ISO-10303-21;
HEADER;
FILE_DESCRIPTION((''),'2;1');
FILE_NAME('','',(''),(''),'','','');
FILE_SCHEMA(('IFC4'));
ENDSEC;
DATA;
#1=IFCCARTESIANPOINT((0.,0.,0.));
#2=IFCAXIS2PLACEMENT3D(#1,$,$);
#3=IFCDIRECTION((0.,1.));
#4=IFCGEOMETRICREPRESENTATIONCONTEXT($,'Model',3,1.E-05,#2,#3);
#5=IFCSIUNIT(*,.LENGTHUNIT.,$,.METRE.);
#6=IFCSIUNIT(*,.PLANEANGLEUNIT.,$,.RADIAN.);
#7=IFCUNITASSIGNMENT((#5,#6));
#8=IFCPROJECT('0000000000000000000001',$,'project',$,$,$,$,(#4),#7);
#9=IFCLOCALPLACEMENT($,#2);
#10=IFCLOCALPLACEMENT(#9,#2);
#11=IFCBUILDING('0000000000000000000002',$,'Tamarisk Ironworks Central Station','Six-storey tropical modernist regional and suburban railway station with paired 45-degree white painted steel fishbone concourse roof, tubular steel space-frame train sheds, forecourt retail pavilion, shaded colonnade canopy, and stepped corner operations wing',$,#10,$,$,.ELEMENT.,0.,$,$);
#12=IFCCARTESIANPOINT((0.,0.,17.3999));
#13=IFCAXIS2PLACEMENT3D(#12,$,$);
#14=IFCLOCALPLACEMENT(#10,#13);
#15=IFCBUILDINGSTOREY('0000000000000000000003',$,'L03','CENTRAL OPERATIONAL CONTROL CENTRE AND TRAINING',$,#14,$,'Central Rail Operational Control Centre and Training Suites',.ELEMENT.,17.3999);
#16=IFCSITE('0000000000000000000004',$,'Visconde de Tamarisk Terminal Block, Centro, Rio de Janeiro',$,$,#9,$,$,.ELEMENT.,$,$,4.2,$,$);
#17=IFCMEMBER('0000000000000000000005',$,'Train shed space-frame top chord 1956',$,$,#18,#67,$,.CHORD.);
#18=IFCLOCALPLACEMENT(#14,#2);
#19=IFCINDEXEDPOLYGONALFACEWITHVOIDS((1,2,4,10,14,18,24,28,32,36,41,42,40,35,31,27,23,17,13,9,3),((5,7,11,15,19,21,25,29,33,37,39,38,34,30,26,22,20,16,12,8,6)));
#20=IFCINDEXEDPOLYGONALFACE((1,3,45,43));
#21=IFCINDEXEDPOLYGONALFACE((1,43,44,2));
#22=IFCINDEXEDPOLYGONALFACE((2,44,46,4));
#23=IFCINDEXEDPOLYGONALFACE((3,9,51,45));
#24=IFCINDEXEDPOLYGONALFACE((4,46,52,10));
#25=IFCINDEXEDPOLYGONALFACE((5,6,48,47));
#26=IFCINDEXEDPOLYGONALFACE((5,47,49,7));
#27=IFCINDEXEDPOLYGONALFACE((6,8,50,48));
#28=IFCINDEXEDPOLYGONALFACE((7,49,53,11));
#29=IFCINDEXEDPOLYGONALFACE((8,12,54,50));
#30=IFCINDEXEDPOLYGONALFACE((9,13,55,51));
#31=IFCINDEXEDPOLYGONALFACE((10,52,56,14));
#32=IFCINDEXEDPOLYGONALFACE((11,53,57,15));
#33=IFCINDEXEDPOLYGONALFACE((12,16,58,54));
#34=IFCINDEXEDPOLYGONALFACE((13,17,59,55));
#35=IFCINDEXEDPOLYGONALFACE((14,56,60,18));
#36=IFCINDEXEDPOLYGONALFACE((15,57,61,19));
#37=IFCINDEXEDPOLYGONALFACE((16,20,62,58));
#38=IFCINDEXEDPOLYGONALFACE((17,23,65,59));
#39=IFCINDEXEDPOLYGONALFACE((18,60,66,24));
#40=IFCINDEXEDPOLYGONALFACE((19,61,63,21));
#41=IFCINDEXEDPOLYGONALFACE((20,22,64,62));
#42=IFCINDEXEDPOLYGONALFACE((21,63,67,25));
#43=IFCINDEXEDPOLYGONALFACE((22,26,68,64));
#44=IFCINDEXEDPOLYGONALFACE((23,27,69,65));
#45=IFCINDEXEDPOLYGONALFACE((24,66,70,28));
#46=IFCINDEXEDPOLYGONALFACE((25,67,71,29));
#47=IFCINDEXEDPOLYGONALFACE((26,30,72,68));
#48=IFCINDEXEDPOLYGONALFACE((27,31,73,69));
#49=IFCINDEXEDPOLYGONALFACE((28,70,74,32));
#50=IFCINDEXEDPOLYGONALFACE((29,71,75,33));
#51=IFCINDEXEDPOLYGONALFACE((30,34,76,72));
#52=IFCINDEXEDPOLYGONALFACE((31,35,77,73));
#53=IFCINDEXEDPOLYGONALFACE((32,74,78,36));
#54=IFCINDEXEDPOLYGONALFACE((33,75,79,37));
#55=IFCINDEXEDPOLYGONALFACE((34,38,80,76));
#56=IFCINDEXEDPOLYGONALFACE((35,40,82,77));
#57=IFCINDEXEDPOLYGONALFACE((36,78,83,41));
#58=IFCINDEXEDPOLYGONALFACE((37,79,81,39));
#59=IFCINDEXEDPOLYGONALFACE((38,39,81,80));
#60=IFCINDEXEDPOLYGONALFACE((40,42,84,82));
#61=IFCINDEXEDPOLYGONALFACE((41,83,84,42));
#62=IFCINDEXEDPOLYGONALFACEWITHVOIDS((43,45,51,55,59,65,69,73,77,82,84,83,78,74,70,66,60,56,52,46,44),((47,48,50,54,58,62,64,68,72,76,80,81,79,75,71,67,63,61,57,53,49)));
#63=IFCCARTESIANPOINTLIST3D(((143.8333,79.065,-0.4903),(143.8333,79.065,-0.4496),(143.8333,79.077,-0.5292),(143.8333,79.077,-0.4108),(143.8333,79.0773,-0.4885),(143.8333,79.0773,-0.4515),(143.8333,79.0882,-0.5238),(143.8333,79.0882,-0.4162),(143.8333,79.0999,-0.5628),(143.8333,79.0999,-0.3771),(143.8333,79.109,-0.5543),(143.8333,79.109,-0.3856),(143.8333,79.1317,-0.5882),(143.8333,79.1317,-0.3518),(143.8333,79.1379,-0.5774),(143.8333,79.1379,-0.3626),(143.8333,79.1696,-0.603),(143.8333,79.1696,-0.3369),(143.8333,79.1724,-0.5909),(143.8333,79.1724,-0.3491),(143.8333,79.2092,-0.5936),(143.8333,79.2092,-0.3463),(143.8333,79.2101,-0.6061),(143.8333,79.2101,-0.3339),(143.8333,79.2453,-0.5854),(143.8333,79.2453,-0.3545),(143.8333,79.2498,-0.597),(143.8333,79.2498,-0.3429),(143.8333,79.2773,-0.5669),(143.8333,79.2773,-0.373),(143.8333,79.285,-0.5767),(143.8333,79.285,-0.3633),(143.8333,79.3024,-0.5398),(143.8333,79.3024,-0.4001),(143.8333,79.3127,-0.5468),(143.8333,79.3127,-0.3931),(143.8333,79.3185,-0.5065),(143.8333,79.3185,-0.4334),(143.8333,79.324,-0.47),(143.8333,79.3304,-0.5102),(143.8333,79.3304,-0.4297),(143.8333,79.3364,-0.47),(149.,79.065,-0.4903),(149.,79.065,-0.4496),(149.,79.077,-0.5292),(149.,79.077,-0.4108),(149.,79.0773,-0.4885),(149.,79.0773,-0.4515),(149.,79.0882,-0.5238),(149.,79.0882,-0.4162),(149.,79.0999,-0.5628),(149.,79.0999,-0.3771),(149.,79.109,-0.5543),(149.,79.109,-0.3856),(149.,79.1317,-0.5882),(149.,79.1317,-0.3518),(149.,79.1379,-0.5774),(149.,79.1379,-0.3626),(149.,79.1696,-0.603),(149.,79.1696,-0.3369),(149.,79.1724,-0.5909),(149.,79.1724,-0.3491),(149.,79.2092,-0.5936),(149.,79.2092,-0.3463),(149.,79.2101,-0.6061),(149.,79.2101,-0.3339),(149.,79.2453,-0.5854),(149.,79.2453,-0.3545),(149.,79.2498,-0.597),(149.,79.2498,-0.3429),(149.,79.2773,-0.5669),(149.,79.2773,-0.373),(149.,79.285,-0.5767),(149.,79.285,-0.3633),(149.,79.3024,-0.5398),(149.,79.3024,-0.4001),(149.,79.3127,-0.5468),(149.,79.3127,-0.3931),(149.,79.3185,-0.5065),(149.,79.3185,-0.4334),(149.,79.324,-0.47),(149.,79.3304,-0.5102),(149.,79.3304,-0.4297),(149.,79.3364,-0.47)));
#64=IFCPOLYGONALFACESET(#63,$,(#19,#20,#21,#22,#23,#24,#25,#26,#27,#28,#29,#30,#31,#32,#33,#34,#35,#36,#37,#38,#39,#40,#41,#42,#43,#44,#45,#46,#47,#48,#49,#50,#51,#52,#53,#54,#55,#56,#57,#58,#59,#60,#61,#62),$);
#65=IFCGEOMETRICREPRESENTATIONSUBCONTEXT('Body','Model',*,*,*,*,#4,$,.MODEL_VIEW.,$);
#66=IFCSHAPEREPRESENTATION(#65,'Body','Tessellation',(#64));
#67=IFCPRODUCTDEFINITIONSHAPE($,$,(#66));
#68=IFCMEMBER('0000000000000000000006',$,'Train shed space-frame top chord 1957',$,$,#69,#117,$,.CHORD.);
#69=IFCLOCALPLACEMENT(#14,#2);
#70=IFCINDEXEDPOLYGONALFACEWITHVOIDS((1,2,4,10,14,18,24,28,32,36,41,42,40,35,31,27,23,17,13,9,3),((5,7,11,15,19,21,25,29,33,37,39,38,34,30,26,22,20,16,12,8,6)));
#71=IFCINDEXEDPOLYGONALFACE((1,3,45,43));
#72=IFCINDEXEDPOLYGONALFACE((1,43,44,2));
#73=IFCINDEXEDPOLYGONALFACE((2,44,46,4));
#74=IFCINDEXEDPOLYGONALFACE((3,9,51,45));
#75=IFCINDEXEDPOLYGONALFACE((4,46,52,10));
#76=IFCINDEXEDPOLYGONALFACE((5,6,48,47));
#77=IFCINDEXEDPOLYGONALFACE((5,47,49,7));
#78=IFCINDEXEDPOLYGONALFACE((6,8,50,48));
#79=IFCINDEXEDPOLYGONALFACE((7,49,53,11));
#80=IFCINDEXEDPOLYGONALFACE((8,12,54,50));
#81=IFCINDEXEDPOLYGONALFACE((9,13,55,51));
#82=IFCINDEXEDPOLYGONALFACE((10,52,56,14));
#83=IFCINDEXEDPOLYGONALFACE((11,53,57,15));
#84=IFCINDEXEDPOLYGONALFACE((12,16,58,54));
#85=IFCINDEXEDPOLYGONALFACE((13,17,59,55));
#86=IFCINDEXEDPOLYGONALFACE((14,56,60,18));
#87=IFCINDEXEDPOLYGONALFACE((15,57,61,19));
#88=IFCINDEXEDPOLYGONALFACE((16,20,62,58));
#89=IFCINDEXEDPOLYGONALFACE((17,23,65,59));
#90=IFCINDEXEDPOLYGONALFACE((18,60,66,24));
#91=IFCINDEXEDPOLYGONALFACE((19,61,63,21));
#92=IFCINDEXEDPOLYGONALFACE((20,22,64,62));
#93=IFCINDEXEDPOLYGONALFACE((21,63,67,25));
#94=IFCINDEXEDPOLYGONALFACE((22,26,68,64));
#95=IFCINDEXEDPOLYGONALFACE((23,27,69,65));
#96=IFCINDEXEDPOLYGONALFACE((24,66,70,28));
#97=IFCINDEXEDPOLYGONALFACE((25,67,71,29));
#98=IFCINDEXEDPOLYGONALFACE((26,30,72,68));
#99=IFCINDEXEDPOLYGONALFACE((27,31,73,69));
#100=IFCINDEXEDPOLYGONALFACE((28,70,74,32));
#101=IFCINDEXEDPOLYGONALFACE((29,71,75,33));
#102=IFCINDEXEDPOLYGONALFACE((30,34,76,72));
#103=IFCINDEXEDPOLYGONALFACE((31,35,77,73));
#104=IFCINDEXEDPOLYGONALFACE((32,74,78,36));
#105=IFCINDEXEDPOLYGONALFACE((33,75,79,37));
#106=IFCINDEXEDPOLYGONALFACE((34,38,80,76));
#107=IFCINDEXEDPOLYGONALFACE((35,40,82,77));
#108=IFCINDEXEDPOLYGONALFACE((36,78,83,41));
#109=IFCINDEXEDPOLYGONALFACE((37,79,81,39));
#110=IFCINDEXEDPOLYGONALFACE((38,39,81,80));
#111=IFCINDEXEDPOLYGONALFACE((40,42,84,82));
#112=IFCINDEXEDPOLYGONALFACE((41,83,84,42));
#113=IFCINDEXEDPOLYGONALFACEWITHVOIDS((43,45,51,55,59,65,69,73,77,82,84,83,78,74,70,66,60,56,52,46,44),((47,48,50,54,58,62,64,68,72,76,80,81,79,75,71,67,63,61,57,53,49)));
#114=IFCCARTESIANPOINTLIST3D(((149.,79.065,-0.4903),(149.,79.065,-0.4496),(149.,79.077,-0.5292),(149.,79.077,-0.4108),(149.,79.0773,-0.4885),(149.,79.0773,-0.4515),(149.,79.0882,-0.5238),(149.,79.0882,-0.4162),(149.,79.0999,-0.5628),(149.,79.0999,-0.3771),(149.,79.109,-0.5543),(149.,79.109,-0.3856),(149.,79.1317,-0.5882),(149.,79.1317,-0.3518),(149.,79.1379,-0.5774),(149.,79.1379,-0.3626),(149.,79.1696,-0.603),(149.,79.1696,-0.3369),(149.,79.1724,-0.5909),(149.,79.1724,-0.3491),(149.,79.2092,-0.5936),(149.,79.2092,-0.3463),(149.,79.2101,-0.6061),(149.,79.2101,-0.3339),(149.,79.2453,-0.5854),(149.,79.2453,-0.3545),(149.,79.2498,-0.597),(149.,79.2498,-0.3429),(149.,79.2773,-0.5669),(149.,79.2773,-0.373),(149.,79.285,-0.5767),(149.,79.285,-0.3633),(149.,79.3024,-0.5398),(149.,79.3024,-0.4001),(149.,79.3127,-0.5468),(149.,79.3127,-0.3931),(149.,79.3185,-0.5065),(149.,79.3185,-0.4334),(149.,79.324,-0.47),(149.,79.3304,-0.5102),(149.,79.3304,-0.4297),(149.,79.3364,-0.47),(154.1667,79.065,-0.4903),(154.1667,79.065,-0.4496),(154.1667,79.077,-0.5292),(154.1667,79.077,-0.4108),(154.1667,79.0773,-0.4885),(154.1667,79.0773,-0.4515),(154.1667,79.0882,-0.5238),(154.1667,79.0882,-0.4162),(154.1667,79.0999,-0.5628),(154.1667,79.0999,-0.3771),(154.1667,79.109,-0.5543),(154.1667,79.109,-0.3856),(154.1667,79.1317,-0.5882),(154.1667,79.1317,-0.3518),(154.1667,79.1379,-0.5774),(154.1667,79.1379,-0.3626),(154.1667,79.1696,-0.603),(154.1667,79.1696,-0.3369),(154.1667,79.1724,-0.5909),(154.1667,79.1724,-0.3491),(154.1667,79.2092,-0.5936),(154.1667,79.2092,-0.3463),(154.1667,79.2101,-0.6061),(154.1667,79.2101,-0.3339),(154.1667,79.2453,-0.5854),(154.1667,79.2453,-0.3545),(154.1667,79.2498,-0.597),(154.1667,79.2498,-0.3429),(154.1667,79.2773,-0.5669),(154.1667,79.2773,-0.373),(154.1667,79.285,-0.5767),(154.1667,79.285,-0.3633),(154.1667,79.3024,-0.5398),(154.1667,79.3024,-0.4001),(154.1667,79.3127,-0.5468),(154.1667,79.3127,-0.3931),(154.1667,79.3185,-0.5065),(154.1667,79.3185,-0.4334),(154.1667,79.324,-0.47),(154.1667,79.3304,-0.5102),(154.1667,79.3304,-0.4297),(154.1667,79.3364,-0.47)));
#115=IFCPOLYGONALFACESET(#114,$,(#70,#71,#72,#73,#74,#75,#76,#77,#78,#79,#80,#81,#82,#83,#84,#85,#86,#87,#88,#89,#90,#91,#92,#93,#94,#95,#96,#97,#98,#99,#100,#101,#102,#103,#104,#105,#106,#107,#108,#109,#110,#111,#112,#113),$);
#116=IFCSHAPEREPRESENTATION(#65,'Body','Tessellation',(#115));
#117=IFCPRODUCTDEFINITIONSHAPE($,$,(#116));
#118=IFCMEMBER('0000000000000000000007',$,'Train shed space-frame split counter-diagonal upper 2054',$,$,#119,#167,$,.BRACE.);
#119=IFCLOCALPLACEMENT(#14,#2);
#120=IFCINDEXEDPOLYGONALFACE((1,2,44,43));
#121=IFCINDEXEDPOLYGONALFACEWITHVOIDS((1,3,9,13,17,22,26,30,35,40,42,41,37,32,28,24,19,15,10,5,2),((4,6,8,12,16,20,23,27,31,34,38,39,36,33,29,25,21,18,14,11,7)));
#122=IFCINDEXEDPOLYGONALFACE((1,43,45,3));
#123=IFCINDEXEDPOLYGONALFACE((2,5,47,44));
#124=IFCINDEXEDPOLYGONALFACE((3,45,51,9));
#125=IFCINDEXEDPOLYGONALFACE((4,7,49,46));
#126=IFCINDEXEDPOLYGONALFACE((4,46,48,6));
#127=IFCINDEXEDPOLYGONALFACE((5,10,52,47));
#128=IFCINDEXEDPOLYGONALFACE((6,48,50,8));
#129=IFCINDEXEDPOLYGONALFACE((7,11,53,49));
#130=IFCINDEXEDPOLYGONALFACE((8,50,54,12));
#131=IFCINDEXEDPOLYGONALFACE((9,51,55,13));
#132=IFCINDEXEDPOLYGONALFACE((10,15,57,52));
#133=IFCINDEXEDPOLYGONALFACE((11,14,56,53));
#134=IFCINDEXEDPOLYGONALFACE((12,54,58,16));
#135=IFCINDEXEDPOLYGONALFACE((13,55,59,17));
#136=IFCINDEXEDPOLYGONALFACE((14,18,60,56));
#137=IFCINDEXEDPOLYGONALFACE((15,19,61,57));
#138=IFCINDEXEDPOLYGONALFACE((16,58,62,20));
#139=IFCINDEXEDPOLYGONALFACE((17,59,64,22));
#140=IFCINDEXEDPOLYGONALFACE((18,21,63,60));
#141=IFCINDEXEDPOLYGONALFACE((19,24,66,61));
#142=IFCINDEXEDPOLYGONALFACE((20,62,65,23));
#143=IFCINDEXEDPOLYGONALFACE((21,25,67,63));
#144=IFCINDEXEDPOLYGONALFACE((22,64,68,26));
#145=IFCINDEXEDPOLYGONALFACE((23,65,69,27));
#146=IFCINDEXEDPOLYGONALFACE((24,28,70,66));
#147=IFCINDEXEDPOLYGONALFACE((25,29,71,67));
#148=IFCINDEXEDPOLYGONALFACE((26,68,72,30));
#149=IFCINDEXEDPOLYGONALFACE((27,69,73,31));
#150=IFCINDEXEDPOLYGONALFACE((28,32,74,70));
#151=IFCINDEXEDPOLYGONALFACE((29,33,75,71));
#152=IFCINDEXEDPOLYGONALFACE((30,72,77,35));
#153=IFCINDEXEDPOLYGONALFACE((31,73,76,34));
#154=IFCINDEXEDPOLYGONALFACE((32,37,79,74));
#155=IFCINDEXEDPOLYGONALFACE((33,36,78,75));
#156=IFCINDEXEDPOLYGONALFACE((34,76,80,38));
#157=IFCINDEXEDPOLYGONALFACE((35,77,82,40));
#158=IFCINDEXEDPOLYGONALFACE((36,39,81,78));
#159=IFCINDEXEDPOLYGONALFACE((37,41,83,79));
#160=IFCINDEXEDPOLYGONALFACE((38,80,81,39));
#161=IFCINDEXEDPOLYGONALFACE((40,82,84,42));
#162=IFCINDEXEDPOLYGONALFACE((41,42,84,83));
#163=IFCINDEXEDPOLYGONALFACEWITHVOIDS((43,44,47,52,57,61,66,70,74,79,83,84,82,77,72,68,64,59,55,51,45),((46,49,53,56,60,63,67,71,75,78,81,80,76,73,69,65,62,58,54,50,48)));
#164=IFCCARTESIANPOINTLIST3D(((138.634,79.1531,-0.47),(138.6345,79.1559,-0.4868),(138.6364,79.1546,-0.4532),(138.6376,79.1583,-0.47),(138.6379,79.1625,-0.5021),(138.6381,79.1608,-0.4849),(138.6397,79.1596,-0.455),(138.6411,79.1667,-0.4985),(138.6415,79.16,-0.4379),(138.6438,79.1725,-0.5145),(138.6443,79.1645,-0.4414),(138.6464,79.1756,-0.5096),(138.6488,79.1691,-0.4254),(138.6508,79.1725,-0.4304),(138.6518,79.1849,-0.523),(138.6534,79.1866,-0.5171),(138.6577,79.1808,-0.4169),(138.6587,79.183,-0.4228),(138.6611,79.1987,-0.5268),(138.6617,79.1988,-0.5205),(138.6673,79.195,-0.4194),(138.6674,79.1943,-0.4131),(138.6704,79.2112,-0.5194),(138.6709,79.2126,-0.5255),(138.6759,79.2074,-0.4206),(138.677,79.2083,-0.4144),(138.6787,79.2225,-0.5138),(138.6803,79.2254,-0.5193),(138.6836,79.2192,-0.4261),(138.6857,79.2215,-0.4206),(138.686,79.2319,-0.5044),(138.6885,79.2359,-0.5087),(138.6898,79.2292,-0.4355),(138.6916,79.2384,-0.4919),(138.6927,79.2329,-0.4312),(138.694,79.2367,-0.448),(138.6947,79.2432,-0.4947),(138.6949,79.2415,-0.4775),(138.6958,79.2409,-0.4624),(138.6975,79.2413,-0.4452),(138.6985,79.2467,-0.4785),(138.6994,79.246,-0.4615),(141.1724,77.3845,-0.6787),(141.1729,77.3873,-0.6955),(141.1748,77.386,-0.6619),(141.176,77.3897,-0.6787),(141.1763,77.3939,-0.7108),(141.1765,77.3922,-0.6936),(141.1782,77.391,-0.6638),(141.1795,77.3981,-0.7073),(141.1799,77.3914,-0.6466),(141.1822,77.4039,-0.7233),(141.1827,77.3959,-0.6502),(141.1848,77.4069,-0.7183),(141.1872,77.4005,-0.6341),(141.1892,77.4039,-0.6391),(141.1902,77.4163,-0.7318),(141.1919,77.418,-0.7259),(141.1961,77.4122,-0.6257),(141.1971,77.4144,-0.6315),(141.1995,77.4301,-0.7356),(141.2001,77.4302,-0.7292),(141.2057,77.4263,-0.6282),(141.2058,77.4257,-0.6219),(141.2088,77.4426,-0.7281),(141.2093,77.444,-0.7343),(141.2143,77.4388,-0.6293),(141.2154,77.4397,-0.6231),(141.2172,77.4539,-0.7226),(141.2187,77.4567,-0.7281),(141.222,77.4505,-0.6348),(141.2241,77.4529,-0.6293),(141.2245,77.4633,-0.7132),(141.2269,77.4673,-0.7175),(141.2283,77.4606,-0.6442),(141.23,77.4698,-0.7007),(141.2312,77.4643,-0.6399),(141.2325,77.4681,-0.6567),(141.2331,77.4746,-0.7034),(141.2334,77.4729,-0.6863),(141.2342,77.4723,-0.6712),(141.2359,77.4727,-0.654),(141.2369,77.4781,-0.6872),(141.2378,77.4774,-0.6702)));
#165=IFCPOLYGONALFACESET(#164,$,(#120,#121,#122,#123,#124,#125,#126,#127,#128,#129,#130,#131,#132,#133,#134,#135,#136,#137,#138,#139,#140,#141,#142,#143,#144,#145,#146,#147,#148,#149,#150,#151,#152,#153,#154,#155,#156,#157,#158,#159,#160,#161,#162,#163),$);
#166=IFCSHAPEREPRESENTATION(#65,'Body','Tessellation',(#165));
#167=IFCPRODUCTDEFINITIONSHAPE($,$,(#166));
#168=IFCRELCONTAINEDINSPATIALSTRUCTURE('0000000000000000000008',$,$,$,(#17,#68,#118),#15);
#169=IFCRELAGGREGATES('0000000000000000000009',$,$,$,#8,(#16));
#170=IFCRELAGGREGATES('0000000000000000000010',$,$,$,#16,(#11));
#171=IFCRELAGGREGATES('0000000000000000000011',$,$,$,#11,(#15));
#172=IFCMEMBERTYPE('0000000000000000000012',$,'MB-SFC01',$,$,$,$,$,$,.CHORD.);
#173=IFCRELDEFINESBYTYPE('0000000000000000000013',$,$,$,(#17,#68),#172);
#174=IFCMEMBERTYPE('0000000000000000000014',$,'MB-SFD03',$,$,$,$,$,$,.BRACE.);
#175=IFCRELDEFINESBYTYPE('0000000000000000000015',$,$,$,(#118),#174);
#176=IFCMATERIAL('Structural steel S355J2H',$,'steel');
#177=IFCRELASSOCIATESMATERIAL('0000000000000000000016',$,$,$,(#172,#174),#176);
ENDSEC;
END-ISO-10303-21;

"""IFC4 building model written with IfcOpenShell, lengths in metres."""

from ifc_helpers import new_model, si_unit, direction, frame, origin, origin_2d, place, context, subcontext, project, spatial, hollow_circle, extrude, material, material_profile, profile_set, type_object, element, save


model = new_model("IFC4")

# Units and contexts
model_context = context("Model", 3, precision=1e-05, world=origin(), true_north=direction((0.0, 1.0)))
body_context = subcontext(model_context, "Body", "Model", "MODEL_VIEW")
ifc_project = project(units=[si_unit("LENGTHUNIT", "METRE"), si_unit("PLANEANGLEUNIT", "RADIAN")], contexts=[model_context])

# Site, building, storey
site_placement = place(None, origin())
site = spatial("IfcSite", under=ifc_project, at=site_placement, Name="Visconde de Tamarisk Terminal Block, Centro, Rio de Janeiro", CompositionType="ELEMENT", RefElevation=4.2)
building_placement = place(site_placement, origin())
building = spatial("IfcBuilding", under=site, at=building_placement, Name="Tamarisk Ironworks Central Station", Description="Six-storey tropical modernist regional and suburban railway station with paired 45-degree white painted steel fishbone concourse roof, tubular steel space-frame train sheds, forecourt retail pavilion, shaded colonnade canopy, and stepped corner operations wing", CompositionType="ELEMENT", ElevationOfRefHeight=0.0)
storey_placement = place(building_placement, frame((0.0, 0.0, 17.3999)))
storey = spatial("IfcBuildingStorey", under=building, at=storey_placement, Name="L03", Description="CENTRAL OPERATIONAL CONTROL CENTRE AND TRAINING", LongName="Central Rail Operational Control Centre and Training Suites", CompositionType="ELEMENT", Elevation=17.3999)

# Members
ifc_material_1 = material(Name="Structural steel S355J2H", Category="steel")
ifc_material_profile_1 = material_profile(ifc_material_1, hollow_circle(Radius=0.1365, WallThickness=0.0125, at=origin_2d()), Name="CHS 273x12.5")
ifc_profile_set_1 = profile_set([ifc_material_profile_1], Name="Structural steel S355J2H")
member_type_1 = type_object("IfcMemberType", Name="MB-SFC01", PredefinedType="CHORD", material=ifc_profile_set_1)
for number, where, z_axis, x_axis, name in (
    (1, (143.8333, 79.2, -0.47), (1.0, 0.0, 0.0), (0.0, 1.0, 0.0), "Train shed space-frame top chord 1956"),
    (2, (149.0, 79.2, -0.47), (1.0, 0.0, 0.0), (0.0, 1.0, 0.0), "Train shed space-frame top chord 1957"),
):
    element("IfcMember", number, at=place(storey_placement, frame(where, z_axis=z_axis, x_axis=x_axis)), inside=storey, type_object=member_type_1, Name=name, PredefinedType="CHORD", context=body_context, shape_type="SweptSolid", body=[
        extrude(hollow_circle(Radius=0.1365, WallThickness=0.0125, at=origin_2d()), origin(), (0.0, 0.0, 1.0), 5.1667),
    ])
ifc_material_profile_2 = material_profile(ifc_material_1, hollow_circle(Radius=0.0571, WallThickness=0.0063, at=origin_2d()), Name="CHS 114.3x6.3")
ifc_profile_set_2 = profile_set([ifc_material_profile_2], Name="Structural steel S355J2H")
member_type_2 = type_object("IfcMemberType", Name="MB-SFD03", PredefinedType="BRACE", material=ifc_profile_set_2)
for number, where, z_axis, x_axis, name in (
    (3, (141.2051, 77.4314, -0.6787), (-0.818625, 0.570369, 0.06732), (-0.571666, -0.820487, 0.0), "Train shed space-frame split counter-diagonal upper 2054"),
):
    element("IfcMember", number, at=place(storey_placement, frame(where, z_axis=z_axis, x_axis=x_axis)), inside=storey, type_object=member_type_2, Name=name, PredefinedType="BRACE", context=body_context, shape_type="SweptSolid", body=[
        extrude(hollow_circle(Radius=0.0571, WallThickness=0.0063, at=origin_2d()), origin(), (0.0, 0.0, 1.0), 3.1008),
    ])

save(model, "model.ifc")
